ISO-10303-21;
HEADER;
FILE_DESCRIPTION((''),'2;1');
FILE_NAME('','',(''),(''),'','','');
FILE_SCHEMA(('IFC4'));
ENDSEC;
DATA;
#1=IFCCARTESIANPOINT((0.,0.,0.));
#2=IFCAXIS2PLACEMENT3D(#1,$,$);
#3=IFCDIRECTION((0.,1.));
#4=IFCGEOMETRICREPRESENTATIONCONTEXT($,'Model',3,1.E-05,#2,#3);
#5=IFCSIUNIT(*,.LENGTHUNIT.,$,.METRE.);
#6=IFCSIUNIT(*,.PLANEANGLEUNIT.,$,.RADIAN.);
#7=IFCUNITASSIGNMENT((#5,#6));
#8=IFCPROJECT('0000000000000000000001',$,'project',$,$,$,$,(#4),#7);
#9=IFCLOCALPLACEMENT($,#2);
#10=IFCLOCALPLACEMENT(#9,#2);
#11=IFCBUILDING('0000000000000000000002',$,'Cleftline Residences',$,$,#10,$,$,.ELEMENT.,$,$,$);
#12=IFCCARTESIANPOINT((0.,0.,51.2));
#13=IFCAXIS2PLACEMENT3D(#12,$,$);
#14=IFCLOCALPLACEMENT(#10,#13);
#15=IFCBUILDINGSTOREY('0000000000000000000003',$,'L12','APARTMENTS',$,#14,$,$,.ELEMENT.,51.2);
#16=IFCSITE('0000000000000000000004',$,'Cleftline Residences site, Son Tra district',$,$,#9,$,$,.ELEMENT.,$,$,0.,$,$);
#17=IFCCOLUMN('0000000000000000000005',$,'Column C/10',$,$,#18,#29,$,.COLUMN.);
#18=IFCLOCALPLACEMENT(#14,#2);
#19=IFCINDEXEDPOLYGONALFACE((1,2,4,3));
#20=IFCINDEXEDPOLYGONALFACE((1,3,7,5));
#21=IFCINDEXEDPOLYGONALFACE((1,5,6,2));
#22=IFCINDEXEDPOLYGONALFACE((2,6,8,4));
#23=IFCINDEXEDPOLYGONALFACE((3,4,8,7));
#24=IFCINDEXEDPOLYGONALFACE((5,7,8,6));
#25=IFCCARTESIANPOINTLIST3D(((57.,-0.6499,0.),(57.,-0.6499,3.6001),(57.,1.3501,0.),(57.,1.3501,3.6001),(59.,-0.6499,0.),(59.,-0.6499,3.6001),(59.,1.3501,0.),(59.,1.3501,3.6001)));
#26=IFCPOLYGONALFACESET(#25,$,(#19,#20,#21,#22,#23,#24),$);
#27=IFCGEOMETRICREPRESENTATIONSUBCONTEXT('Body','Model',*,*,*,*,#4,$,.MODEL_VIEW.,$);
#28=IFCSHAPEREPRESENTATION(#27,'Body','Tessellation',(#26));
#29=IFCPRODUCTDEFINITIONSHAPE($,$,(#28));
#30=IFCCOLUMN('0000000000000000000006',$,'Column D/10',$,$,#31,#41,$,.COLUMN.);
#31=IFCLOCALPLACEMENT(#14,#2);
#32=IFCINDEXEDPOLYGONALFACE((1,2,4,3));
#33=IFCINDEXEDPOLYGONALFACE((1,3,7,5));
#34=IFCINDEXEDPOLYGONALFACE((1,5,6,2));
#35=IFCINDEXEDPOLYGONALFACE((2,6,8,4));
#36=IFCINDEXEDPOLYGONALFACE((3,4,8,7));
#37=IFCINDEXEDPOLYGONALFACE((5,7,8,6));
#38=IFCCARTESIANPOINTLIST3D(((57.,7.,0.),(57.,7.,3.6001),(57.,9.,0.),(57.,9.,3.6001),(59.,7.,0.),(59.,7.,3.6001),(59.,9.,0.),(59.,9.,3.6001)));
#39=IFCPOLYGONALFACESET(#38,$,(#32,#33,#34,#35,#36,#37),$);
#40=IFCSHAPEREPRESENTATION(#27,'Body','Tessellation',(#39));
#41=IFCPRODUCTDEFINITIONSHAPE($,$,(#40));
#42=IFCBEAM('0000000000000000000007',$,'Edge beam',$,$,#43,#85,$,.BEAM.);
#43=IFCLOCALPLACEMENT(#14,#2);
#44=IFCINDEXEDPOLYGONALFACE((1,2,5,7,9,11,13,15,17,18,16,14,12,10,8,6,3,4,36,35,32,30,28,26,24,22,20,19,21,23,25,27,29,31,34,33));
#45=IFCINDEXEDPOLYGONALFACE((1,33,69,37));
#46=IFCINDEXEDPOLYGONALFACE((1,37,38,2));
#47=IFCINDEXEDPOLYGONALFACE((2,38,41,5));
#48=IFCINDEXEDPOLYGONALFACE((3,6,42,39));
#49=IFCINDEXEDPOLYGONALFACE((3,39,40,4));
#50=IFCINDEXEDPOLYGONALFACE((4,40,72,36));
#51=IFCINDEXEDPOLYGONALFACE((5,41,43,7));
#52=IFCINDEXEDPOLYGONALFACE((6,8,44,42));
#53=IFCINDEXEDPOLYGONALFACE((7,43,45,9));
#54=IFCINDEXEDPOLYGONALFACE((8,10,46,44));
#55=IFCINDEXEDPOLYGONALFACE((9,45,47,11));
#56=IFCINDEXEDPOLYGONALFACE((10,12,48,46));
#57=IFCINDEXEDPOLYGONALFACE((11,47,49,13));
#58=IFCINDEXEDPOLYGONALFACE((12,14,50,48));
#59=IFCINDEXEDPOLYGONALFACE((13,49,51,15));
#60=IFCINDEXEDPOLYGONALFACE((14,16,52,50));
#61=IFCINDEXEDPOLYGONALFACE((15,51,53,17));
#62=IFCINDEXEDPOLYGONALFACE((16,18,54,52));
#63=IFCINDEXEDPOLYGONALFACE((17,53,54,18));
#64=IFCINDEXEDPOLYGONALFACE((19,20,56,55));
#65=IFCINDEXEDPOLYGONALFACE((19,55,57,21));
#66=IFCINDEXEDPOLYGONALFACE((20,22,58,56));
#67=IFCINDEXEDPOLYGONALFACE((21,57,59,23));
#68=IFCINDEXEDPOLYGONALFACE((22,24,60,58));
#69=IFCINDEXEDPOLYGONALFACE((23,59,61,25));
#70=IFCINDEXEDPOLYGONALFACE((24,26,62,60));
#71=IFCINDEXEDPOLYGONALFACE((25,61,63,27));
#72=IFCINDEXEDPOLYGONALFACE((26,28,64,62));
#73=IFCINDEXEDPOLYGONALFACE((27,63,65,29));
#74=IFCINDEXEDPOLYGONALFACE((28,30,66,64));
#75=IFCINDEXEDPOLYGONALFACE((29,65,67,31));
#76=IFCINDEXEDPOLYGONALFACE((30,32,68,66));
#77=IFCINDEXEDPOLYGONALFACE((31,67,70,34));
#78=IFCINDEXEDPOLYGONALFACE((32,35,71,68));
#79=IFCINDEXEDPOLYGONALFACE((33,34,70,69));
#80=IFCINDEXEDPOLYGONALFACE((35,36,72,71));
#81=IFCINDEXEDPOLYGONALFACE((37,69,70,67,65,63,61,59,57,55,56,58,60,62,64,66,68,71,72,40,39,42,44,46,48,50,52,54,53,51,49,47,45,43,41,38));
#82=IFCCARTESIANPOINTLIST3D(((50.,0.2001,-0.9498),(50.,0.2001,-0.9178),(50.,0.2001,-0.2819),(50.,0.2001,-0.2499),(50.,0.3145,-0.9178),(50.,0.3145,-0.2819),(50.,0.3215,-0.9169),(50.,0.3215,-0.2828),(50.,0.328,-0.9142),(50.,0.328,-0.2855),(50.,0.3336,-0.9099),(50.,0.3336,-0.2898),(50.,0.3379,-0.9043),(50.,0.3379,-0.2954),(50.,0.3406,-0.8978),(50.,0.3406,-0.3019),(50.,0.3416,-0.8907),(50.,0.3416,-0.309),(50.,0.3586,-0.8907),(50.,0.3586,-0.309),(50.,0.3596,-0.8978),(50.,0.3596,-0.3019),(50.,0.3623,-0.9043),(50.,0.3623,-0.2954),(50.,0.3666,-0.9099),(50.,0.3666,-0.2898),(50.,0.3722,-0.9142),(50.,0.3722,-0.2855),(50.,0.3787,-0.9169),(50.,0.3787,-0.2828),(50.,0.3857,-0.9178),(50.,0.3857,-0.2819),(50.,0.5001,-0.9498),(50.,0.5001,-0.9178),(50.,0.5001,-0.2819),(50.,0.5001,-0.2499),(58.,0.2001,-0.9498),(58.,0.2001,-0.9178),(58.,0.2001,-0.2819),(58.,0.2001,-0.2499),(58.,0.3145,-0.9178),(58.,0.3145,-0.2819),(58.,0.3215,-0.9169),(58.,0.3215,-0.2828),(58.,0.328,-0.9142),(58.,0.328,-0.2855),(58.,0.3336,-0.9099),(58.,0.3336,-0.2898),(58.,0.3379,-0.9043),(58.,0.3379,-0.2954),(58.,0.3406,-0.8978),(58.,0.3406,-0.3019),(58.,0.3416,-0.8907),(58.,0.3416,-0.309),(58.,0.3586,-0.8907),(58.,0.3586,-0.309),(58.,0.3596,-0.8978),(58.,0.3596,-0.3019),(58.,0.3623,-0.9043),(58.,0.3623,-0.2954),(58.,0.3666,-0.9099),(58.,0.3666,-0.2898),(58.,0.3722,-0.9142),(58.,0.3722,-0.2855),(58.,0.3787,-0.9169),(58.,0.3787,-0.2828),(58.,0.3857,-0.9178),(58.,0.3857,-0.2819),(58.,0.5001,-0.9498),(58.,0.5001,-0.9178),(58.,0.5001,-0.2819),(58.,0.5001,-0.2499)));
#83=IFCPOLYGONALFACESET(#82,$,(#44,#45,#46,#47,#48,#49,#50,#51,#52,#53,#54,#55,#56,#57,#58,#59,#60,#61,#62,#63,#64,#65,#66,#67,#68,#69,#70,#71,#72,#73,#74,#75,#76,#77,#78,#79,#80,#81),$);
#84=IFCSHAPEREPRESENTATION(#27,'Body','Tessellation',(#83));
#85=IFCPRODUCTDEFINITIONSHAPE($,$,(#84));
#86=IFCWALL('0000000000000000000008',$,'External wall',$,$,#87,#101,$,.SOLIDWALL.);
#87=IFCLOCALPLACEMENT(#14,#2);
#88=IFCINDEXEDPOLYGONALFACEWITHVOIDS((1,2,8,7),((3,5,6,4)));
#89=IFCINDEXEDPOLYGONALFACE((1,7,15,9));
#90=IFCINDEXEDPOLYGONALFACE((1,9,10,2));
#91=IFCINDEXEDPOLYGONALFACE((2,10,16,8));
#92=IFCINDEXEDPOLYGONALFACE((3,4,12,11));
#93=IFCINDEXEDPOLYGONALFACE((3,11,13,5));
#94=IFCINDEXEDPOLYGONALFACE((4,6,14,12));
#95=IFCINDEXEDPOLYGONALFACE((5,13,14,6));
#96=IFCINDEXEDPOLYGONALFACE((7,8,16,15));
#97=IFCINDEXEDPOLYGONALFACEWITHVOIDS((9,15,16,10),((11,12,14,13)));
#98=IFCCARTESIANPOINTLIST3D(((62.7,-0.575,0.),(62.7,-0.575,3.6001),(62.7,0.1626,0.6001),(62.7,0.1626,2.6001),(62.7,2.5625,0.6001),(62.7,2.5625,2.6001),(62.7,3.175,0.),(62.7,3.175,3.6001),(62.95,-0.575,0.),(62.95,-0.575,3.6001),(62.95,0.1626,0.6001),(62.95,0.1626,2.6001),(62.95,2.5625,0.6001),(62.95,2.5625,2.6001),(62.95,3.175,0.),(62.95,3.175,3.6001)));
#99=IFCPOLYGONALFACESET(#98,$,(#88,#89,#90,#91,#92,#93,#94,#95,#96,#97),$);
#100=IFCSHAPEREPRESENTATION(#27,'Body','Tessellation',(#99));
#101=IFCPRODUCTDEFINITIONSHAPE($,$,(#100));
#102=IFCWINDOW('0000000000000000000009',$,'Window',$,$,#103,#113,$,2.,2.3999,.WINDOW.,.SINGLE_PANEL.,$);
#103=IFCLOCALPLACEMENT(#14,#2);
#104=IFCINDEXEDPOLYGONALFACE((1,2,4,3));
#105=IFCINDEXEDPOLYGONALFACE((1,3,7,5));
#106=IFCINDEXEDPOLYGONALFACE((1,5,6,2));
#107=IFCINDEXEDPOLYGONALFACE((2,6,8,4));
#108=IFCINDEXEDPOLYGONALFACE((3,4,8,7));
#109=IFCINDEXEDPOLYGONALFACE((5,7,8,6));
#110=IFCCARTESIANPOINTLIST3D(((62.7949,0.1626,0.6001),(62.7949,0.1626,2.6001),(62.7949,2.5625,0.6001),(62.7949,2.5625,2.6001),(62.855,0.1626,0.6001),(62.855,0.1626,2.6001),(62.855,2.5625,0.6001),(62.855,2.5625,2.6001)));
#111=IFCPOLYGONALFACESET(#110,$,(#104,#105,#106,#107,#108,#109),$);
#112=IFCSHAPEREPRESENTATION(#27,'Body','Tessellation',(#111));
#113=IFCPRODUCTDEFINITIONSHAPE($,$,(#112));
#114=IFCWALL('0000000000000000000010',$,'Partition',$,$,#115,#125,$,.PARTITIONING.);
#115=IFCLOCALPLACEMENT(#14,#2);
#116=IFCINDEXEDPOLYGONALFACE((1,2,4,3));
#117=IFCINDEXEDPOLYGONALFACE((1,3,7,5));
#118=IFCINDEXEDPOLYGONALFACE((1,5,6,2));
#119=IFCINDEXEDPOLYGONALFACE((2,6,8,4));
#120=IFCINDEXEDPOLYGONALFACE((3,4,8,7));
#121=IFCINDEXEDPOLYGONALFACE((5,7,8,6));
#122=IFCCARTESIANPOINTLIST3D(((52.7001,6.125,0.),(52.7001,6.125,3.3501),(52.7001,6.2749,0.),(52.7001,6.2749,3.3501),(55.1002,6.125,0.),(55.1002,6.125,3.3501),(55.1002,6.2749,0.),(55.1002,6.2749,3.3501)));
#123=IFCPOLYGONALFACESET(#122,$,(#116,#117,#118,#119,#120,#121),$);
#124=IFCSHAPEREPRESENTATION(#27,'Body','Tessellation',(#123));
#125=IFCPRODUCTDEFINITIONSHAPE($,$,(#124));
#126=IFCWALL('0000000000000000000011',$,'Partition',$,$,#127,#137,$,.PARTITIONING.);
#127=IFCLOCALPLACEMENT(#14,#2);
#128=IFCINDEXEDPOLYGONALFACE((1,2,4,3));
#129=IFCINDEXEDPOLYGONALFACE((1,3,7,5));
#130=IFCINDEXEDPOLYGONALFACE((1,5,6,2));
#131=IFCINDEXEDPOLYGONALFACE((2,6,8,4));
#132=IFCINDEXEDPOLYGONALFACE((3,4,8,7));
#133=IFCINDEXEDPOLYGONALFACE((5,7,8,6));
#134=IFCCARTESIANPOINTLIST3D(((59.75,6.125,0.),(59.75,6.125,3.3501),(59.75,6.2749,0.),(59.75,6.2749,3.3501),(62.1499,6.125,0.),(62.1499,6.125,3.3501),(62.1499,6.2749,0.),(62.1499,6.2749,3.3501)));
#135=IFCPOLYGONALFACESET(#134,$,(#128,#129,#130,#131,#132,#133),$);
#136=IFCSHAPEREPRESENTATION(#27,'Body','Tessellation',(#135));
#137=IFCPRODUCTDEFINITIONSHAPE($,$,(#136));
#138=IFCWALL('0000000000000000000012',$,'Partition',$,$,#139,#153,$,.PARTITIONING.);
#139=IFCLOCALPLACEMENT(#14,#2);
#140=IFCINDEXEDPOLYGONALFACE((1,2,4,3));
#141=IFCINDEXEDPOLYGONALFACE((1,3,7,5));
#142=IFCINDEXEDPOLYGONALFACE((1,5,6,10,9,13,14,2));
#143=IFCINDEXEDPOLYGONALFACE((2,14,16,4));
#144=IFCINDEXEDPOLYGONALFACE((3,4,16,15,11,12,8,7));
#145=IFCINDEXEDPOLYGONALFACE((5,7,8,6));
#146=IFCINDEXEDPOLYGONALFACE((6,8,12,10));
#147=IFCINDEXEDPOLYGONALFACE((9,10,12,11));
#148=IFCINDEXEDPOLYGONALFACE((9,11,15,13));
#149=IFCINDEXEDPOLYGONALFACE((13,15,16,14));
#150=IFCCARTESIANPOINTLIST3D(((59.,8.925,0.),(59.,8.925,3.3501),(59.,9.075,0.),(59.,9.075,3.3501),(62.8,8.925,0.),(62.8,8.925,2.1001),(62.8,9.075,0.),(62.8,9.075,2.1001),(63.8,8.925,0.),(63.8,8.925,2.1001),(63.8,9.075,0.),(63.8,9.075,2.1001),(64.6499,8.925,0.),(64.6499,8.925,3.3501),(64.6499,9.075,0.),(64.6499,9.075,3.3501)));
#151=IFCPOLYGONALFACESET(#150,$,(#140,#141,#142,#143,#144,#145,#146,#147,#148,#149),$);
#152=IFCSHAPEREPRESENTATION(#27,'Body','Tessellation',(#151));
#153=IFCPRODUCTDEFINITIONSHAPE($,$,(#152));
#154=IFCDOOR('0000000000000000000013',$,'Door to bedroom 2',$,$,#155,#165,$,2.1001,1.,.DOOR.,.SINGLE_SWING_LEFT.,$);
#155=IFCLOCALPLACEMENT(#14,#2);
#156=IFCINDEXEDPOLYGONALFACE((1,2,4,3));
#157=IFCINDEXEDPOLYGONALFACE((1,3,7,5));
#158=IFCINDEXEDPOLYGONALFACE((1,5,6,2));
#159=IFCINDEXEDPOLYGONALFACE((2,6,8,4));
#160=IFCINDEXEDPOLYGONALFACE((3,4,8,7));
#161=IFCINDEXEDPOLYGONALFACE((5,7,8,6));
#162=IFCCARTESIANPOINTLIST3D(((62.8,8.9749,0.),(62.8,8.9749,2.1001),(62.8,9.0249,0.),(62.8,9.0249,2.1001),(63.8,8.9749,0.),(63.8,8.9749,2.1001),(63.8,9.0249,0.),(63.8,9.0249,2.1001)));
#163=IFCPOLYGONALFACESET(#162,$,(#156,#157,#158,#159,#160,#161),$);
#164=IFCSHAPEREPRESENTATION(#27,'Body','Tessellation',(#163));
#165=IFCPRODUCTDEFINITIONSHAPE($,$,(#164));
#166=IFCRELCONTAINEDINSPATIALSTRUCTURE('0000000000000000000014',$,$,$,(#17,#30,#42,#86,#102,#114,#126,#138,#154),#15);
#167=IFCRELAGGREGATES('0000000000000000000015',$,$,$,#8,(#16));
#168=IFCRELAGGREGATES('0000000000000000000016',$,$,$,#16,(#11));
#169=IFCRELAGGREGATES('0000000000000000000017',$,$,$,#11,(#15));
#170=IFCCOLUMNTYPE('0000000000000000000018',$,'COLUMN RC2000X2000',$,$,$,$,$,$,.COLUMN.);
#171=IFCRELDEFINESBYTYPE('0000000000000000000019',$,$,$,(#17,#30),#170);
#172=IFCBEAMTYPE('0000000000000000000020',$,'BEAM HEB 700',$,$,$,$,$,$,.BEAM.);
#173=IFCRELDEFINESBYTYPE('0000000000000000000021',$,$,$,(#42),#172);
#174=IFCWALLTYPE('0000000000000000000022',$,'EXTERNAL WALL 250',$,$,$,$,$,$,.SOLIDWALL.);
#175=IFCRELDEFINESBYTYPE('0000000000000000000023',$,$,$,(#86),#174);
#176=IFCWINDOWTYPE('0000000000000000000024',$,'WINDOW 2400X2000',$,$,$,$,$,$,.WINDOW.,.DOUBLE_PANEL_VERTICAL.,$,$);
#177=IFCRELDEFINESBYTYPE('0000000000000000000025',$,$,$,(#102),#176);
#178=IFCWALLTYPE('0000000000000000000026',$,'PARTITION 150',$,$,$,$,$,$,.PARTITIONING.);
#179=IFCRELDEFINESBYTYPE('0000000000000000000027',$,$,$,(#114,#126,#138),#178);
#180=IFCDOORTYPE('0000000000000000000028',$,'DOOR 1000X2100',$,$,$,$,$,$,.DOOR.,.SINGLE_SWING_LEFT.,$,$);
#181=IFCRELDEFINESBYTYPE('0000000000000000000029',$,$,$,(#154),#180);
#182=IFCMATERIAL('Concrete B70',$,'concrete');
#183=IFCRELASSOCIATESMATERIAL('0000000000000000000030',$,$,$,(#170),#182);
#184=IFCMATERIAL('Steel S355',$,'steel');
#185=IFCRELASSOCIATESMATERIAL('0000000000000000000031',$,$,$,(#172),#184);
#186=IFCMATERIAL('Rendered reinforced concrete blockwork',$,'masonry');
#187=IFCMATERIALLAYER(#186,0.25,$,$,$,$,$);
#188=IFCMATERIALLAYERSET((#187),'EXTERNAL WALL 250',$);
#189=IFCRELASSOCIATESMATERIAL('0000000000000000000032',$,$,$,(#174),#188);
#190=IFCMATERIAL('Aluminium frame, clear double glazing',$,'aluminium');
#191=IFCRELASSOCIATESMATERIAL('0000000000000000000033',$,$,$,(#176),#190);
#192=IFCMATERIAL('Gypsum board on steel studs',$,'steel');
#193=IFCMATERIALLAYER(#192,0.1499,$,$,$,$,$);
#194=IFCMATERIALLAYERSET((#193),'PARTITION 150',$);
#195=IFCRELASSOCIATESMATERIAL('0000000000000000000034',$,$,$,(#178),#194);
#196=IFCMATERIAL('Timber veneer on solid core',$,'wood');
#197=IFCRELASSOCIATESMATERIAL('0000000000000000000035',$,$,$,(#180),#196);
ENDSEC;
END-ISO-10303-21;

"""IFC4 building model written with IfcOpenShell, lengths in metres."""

from ifc_helpers import new_model, si_unit, direction, frame, frame_2d, origin, origin_2d, place, context, subcontext, project, spatial, rectangle, i_section, extrude, material, layer, layer_set, material_profile, profile_set, type_object, element, fill, save


model = new_model("IFC4")

# Units and contexts
model_context = context("Model", 3, precision=1e-05, world=origin(), true_north=direction((0.0, 1.0)))
body_context = subcontext(model_context, "Body", "Model", "MODEL_VIEW")
ifc_project = project(units=[si_unit("LENGTHUNIT", "METRE"), si_unit("PLANEANGLEUNIT", "RADIAN")], contexts=[model_context])

# Site, building, storey
site_placement = place(None, origin())
site = spatial("IfcSite", under=ifc_project, at=site_placement, Name="Cleftline Residences site, Son Tra district", CompositionType="ELEMENT", RefElevation=0.0)
building_placement = place(site_placement, origin())
building = spatial("IfcBuilding", under=site, at=building_placement, Name="Cleftline Residences", CompositionType="ELEMENT")
storey_placement = place(building_placement, frame((0.0, 0.0, 51.2)))
storey = spatial("IfcBuildingStorey", under=building, at=storey_placement, Name="L12", Description="APARTMENTS", CompositionType="ELEMENT", Elevation=51.2)

# Columns
ifc_material_1 = material(Name="Concrete B70", Category="concrete")
ifc_material_profile_1 = material_profile(ifc_material_1, rectangle(XDim=2.0, YDim=2.0, at=origin_2d()))
ifc_profile_set_1 = profile_set([ifc_material_profile_1], Name="Concrete B70")
column_type = type_object("IfcColumnType", Name="COLUMN RC2000X2000", PredefinedType="COLUMN", material=ifc_profile_set_1)
for number, where, z_axis, x_axis, name in (
    (1, (58.0, 0.3501, 0.0), (0.0, 0.0, 1.0), (1.0, 0.0, 0.0), "Column C/10"),
    (2, (58.0, 8.0, 0.0), (0.0, 0.0, 1.0), (1.0, 0.0, 0.0), "Column D/10"),
):
    element("IfcColumn", number, at=place(storey_placement, frame(where, z_axis=z_axis, x_axis=x_axis)), inside=storey, type_object=column_type, Name=name, PredefinedType="COLUMN", context=body_context, shape_type="SweptSolid", body=[
        extrude(rectangle(XDim=2.0, YDim=2.0, at=origin_2d()), origin(), (0.0, 0.0, 1.0), 3.6001),
    ])

# Beam
ifc_material_2 = material(Name="Steel S355", Category="steel")
ifc_material_profile_2 = material_profile(ifc_material_2, i_section(OverallWidth=0.3, OverallDepth=0.7, WebThickness=0.0171, FlangeThickness=0.032, FilletRadius=0.0271, at=origin_2d()))
ifc_profile_set_2 = profile_set([ifc_material_profile_2], Name="Steel S355")
beam_type = type_object("IfcBeamType", Name="BEAM HEB 700", PredefinedType="BEAM", material=ifc_profile_set_2)
beam_placement = place(storey_placement, frame((58.0, 0.3501, -0.5999), z_axis=(-1.0, 0.0, 0.0), x_axis=(0.0, -1.0, 0.0)))
element("IfcBeam", 3, at=beam_placement, inside=storey, type_object=beam_type, Name="Edge beam", PredefinedType="BEAM", context=body_context, shape_type="SweptSolid", body=[
    extrude(i_section(OverallWidth=0.3, OverallDepth=0.7, WebThickness=0.0171, FlangeThickness=0.032, FilletRadius=0.0271, at=origin_2d()), origin(), (0.0, 0.0, 1.0), 8.0),
])

# Wall, opening, window
ifc_material_3 = material(Name="Rendered reinforced concrete blockwork", Category="masonry")
ifc_layer_1 = layer(ifc_material_3, 0.25)
ifc_layer_set_1 = layer_set([ifc_layer_1], Name="EXTERNAL WALL 250")
wall_type_1 = type_object("IfcWallType", Name="EXTERNAL WALL 250", PredefinedType="SOLIDWALL", material=ifc_layer_set_1)
wall_1_placement = place(storey_placement, frame((62.825, -0.575, 0.0), z_axis=(0.0, 0.0, 1.0), x_axis=(0.0, 1.0, 0.0)))
wall_1 = element("IfcWall", 4, at=wall_1_placement, inside=storey, type_object=wall_type_1, Name="External wall", PredefinedType="SOLIDWALL", context=body_context, shape_type="SweptSolid", body=[
    extrude(rectangle(XDim=3.75, YDim=0.25, at=frame_2d((1.875, 0.0))), origin(), (0.0, 0.0, 1.0), 3.6001),
])
opening_1_placement = place(wall_1_placement, frame((0.7375, 0.0, 0.6001)))
opening_1 = element("IfcOpeningElement", 5, at=opening_1_placement, cuts=wall_1, PredefinedType="OPENING", context=body_context, shape_type="SweptSolid", body=[
    extrude(rectangle(XDim=2.3999, YDim=2.0, at=frame_2d((1.2, 1.0))), frame((0.0, 0.135, 0.0), z_axis=(0.0, -1.0, 0.0), x_axis=(1.0, 0.0, 0.0)), (0.0, 0.0, 1.0), 0.27),
])
ifc_material_4 = material(Name="Aluminium frame, clear double glazing", Category="aluminium")
window_type = type_object("IfcWindowType", Name="WINDOW 2400X2000", PartitioningType="DOUBLE_PANEL_VERTICAL", PredefinedType="WINDOW", material=ifc_material_4)
window_placement = place(opening_1_placement, origin())
window = element("IfcWindow", 6, at=window_placement, inside=storey, type_object=window_type, Name="Window", OverallHeight=2.0, OverallWidth=2.3999, PartitioningType="SINGLE_PANEL", PredefinedType="WINDOW", context=body_context, shape_type="SweptSolid", body=[
    extrude(rectangle(XDim=2.3999, YDim=2.0, at=frame_2d((1.2, 1.0))), frame((0.0, 0.03, 0.0), z_axis=(0.0, -1.0, 0.0), x_axis=(1.0, 0.0, 0.0)), (0.0, 0.0, 1.0), 0.0601),
])
fill(opening_1, window)

# Walls
ifc_material_5 = material(Name="Gypsum board on steel studs", Category="steel")
ifc_layer_2 = layer(ifc_material_5, 0.1499)
ifc_layer_set_2 = layer_set([ifc_layer_2], Name="PARTITION 150")
wall_type_2 = type_object("IfcWallType", Name="PARTITION 150", PredefinedType="PARTITIONING", material=ifc_layer_set_2)
wall_2_placement = place(storey_placement, frame((52.7, 6.2, 0.0), z_axis=(0.0, 0.0, 1.0), x_axis=(1.0, 0.0, 0.0)))
element("IfcWall", 7, at=wall_2_placement, inside=storey, type_object=wall_type_2, Name="Partition", PredefinedType="PARTITIONING", context=body_context, shape_type="SweptSolid", body=[
    extrude(rectangle(XDim=2.4001, YDim=0.1499, at=frame_2d((1.2002, 0.0))), origin(), (0.0, 0.0, 1.0), 3.3501),
])
wall_3_placement = place(storey_placement, frame((59.75, 6.2, 0.0), z_axis=(0.0, 0.0, 1.0), x_axis=(1.0, 0.0, 0.0)))
element("IfcWall", 8, at=wall_3_placement, inside=storey, type_object=wall_type_2, Name="Partition", PredefinedType="PARTITIONING", context=body_context, shape_type="SweptSolid", body=[
    extrude(rectangle(XDim=2.3999, YDim=0.1499, at=frame_2d((1.2, 0.0))), origin(), (0.0, 0.0, 1.0), 3.3501),
])

# Wall, opening, door
wall_4_placement = place(storey_placement, frame((59.0, 9.0, 0.0), z_axis=(0.0, 0.0, 1.0), x_axis=(1.0, 0.0, 0.0)))
wall_4 = element("IfcWall", 9, at=wall_4_placement, inside=storey, type_object=wall_type_2, Name="Partition", PredefinedType="PARTITIONING", context=body_context, shape_type="SweptSolid", body=[
    extrude(rectangle(XDim=5.6499, YDim=0.1499, at=frame_2d((2.825, 0.0))), origin(), (0.0, 0.0, 1.0), 3.3501),
])
opening_2_placement = place(wall_4_placement, frame((3.8, 0.0, 0.0)))
opening_2 = element("IfcOpeningElement", 10, at=opening_2_placement, cuts=wall_4, PredefinedType="OPENING", context=body_context, shape_type="SweptSolid", body=[
    extrude(rectangle(XDim=1.0, YDim=2.1001, at=frame_2d((0.5, 1.05))), frame((0.0, 0.085, 0.0), z_axis=(0.0, -1.0, 0.0), x_axis=(1.0, 0.0, 0.0)), (0.0, 0.0, 1.0), 0.1699),
])
ifc_material_6 = material(Name="Timber veneer on solid core", Category="wood")
door_type_1 = type_object("IfcDoorType", Name="DOOR 1000X2100", OperationType="SINGLE_SWING_LEFT", PredefinedType="DOOR", material=ifc_material_6)
door_1_placement = place(opening_2_placement, origin())
door_1 = element("IfcDoor", 11, at=door_1_placement, inside=storey, type_object=door_type_1, Name="Door to bedroom 2", OperationType="SINGLE_SWING_LEFT", OverallHeight=2.1001, OverallWidth=1.0, PredefinedType="DOOR", context=body_context, shape_type="SweptSolid", body=[
    extrude(rectangle(XDim=1.0, YDim=2.1001, at=frame_2d((0.5, 1.05))), frame((0.0, 0.0249, 0.0), z_axis=(0.0, -1.0, 0.0), x_axis=(1.0, 0.0, 0.0)), (0.0, 0.0, 1.0), 0.05),
])
fill(opening_2, door_1)

save(model, "model.ifc")
